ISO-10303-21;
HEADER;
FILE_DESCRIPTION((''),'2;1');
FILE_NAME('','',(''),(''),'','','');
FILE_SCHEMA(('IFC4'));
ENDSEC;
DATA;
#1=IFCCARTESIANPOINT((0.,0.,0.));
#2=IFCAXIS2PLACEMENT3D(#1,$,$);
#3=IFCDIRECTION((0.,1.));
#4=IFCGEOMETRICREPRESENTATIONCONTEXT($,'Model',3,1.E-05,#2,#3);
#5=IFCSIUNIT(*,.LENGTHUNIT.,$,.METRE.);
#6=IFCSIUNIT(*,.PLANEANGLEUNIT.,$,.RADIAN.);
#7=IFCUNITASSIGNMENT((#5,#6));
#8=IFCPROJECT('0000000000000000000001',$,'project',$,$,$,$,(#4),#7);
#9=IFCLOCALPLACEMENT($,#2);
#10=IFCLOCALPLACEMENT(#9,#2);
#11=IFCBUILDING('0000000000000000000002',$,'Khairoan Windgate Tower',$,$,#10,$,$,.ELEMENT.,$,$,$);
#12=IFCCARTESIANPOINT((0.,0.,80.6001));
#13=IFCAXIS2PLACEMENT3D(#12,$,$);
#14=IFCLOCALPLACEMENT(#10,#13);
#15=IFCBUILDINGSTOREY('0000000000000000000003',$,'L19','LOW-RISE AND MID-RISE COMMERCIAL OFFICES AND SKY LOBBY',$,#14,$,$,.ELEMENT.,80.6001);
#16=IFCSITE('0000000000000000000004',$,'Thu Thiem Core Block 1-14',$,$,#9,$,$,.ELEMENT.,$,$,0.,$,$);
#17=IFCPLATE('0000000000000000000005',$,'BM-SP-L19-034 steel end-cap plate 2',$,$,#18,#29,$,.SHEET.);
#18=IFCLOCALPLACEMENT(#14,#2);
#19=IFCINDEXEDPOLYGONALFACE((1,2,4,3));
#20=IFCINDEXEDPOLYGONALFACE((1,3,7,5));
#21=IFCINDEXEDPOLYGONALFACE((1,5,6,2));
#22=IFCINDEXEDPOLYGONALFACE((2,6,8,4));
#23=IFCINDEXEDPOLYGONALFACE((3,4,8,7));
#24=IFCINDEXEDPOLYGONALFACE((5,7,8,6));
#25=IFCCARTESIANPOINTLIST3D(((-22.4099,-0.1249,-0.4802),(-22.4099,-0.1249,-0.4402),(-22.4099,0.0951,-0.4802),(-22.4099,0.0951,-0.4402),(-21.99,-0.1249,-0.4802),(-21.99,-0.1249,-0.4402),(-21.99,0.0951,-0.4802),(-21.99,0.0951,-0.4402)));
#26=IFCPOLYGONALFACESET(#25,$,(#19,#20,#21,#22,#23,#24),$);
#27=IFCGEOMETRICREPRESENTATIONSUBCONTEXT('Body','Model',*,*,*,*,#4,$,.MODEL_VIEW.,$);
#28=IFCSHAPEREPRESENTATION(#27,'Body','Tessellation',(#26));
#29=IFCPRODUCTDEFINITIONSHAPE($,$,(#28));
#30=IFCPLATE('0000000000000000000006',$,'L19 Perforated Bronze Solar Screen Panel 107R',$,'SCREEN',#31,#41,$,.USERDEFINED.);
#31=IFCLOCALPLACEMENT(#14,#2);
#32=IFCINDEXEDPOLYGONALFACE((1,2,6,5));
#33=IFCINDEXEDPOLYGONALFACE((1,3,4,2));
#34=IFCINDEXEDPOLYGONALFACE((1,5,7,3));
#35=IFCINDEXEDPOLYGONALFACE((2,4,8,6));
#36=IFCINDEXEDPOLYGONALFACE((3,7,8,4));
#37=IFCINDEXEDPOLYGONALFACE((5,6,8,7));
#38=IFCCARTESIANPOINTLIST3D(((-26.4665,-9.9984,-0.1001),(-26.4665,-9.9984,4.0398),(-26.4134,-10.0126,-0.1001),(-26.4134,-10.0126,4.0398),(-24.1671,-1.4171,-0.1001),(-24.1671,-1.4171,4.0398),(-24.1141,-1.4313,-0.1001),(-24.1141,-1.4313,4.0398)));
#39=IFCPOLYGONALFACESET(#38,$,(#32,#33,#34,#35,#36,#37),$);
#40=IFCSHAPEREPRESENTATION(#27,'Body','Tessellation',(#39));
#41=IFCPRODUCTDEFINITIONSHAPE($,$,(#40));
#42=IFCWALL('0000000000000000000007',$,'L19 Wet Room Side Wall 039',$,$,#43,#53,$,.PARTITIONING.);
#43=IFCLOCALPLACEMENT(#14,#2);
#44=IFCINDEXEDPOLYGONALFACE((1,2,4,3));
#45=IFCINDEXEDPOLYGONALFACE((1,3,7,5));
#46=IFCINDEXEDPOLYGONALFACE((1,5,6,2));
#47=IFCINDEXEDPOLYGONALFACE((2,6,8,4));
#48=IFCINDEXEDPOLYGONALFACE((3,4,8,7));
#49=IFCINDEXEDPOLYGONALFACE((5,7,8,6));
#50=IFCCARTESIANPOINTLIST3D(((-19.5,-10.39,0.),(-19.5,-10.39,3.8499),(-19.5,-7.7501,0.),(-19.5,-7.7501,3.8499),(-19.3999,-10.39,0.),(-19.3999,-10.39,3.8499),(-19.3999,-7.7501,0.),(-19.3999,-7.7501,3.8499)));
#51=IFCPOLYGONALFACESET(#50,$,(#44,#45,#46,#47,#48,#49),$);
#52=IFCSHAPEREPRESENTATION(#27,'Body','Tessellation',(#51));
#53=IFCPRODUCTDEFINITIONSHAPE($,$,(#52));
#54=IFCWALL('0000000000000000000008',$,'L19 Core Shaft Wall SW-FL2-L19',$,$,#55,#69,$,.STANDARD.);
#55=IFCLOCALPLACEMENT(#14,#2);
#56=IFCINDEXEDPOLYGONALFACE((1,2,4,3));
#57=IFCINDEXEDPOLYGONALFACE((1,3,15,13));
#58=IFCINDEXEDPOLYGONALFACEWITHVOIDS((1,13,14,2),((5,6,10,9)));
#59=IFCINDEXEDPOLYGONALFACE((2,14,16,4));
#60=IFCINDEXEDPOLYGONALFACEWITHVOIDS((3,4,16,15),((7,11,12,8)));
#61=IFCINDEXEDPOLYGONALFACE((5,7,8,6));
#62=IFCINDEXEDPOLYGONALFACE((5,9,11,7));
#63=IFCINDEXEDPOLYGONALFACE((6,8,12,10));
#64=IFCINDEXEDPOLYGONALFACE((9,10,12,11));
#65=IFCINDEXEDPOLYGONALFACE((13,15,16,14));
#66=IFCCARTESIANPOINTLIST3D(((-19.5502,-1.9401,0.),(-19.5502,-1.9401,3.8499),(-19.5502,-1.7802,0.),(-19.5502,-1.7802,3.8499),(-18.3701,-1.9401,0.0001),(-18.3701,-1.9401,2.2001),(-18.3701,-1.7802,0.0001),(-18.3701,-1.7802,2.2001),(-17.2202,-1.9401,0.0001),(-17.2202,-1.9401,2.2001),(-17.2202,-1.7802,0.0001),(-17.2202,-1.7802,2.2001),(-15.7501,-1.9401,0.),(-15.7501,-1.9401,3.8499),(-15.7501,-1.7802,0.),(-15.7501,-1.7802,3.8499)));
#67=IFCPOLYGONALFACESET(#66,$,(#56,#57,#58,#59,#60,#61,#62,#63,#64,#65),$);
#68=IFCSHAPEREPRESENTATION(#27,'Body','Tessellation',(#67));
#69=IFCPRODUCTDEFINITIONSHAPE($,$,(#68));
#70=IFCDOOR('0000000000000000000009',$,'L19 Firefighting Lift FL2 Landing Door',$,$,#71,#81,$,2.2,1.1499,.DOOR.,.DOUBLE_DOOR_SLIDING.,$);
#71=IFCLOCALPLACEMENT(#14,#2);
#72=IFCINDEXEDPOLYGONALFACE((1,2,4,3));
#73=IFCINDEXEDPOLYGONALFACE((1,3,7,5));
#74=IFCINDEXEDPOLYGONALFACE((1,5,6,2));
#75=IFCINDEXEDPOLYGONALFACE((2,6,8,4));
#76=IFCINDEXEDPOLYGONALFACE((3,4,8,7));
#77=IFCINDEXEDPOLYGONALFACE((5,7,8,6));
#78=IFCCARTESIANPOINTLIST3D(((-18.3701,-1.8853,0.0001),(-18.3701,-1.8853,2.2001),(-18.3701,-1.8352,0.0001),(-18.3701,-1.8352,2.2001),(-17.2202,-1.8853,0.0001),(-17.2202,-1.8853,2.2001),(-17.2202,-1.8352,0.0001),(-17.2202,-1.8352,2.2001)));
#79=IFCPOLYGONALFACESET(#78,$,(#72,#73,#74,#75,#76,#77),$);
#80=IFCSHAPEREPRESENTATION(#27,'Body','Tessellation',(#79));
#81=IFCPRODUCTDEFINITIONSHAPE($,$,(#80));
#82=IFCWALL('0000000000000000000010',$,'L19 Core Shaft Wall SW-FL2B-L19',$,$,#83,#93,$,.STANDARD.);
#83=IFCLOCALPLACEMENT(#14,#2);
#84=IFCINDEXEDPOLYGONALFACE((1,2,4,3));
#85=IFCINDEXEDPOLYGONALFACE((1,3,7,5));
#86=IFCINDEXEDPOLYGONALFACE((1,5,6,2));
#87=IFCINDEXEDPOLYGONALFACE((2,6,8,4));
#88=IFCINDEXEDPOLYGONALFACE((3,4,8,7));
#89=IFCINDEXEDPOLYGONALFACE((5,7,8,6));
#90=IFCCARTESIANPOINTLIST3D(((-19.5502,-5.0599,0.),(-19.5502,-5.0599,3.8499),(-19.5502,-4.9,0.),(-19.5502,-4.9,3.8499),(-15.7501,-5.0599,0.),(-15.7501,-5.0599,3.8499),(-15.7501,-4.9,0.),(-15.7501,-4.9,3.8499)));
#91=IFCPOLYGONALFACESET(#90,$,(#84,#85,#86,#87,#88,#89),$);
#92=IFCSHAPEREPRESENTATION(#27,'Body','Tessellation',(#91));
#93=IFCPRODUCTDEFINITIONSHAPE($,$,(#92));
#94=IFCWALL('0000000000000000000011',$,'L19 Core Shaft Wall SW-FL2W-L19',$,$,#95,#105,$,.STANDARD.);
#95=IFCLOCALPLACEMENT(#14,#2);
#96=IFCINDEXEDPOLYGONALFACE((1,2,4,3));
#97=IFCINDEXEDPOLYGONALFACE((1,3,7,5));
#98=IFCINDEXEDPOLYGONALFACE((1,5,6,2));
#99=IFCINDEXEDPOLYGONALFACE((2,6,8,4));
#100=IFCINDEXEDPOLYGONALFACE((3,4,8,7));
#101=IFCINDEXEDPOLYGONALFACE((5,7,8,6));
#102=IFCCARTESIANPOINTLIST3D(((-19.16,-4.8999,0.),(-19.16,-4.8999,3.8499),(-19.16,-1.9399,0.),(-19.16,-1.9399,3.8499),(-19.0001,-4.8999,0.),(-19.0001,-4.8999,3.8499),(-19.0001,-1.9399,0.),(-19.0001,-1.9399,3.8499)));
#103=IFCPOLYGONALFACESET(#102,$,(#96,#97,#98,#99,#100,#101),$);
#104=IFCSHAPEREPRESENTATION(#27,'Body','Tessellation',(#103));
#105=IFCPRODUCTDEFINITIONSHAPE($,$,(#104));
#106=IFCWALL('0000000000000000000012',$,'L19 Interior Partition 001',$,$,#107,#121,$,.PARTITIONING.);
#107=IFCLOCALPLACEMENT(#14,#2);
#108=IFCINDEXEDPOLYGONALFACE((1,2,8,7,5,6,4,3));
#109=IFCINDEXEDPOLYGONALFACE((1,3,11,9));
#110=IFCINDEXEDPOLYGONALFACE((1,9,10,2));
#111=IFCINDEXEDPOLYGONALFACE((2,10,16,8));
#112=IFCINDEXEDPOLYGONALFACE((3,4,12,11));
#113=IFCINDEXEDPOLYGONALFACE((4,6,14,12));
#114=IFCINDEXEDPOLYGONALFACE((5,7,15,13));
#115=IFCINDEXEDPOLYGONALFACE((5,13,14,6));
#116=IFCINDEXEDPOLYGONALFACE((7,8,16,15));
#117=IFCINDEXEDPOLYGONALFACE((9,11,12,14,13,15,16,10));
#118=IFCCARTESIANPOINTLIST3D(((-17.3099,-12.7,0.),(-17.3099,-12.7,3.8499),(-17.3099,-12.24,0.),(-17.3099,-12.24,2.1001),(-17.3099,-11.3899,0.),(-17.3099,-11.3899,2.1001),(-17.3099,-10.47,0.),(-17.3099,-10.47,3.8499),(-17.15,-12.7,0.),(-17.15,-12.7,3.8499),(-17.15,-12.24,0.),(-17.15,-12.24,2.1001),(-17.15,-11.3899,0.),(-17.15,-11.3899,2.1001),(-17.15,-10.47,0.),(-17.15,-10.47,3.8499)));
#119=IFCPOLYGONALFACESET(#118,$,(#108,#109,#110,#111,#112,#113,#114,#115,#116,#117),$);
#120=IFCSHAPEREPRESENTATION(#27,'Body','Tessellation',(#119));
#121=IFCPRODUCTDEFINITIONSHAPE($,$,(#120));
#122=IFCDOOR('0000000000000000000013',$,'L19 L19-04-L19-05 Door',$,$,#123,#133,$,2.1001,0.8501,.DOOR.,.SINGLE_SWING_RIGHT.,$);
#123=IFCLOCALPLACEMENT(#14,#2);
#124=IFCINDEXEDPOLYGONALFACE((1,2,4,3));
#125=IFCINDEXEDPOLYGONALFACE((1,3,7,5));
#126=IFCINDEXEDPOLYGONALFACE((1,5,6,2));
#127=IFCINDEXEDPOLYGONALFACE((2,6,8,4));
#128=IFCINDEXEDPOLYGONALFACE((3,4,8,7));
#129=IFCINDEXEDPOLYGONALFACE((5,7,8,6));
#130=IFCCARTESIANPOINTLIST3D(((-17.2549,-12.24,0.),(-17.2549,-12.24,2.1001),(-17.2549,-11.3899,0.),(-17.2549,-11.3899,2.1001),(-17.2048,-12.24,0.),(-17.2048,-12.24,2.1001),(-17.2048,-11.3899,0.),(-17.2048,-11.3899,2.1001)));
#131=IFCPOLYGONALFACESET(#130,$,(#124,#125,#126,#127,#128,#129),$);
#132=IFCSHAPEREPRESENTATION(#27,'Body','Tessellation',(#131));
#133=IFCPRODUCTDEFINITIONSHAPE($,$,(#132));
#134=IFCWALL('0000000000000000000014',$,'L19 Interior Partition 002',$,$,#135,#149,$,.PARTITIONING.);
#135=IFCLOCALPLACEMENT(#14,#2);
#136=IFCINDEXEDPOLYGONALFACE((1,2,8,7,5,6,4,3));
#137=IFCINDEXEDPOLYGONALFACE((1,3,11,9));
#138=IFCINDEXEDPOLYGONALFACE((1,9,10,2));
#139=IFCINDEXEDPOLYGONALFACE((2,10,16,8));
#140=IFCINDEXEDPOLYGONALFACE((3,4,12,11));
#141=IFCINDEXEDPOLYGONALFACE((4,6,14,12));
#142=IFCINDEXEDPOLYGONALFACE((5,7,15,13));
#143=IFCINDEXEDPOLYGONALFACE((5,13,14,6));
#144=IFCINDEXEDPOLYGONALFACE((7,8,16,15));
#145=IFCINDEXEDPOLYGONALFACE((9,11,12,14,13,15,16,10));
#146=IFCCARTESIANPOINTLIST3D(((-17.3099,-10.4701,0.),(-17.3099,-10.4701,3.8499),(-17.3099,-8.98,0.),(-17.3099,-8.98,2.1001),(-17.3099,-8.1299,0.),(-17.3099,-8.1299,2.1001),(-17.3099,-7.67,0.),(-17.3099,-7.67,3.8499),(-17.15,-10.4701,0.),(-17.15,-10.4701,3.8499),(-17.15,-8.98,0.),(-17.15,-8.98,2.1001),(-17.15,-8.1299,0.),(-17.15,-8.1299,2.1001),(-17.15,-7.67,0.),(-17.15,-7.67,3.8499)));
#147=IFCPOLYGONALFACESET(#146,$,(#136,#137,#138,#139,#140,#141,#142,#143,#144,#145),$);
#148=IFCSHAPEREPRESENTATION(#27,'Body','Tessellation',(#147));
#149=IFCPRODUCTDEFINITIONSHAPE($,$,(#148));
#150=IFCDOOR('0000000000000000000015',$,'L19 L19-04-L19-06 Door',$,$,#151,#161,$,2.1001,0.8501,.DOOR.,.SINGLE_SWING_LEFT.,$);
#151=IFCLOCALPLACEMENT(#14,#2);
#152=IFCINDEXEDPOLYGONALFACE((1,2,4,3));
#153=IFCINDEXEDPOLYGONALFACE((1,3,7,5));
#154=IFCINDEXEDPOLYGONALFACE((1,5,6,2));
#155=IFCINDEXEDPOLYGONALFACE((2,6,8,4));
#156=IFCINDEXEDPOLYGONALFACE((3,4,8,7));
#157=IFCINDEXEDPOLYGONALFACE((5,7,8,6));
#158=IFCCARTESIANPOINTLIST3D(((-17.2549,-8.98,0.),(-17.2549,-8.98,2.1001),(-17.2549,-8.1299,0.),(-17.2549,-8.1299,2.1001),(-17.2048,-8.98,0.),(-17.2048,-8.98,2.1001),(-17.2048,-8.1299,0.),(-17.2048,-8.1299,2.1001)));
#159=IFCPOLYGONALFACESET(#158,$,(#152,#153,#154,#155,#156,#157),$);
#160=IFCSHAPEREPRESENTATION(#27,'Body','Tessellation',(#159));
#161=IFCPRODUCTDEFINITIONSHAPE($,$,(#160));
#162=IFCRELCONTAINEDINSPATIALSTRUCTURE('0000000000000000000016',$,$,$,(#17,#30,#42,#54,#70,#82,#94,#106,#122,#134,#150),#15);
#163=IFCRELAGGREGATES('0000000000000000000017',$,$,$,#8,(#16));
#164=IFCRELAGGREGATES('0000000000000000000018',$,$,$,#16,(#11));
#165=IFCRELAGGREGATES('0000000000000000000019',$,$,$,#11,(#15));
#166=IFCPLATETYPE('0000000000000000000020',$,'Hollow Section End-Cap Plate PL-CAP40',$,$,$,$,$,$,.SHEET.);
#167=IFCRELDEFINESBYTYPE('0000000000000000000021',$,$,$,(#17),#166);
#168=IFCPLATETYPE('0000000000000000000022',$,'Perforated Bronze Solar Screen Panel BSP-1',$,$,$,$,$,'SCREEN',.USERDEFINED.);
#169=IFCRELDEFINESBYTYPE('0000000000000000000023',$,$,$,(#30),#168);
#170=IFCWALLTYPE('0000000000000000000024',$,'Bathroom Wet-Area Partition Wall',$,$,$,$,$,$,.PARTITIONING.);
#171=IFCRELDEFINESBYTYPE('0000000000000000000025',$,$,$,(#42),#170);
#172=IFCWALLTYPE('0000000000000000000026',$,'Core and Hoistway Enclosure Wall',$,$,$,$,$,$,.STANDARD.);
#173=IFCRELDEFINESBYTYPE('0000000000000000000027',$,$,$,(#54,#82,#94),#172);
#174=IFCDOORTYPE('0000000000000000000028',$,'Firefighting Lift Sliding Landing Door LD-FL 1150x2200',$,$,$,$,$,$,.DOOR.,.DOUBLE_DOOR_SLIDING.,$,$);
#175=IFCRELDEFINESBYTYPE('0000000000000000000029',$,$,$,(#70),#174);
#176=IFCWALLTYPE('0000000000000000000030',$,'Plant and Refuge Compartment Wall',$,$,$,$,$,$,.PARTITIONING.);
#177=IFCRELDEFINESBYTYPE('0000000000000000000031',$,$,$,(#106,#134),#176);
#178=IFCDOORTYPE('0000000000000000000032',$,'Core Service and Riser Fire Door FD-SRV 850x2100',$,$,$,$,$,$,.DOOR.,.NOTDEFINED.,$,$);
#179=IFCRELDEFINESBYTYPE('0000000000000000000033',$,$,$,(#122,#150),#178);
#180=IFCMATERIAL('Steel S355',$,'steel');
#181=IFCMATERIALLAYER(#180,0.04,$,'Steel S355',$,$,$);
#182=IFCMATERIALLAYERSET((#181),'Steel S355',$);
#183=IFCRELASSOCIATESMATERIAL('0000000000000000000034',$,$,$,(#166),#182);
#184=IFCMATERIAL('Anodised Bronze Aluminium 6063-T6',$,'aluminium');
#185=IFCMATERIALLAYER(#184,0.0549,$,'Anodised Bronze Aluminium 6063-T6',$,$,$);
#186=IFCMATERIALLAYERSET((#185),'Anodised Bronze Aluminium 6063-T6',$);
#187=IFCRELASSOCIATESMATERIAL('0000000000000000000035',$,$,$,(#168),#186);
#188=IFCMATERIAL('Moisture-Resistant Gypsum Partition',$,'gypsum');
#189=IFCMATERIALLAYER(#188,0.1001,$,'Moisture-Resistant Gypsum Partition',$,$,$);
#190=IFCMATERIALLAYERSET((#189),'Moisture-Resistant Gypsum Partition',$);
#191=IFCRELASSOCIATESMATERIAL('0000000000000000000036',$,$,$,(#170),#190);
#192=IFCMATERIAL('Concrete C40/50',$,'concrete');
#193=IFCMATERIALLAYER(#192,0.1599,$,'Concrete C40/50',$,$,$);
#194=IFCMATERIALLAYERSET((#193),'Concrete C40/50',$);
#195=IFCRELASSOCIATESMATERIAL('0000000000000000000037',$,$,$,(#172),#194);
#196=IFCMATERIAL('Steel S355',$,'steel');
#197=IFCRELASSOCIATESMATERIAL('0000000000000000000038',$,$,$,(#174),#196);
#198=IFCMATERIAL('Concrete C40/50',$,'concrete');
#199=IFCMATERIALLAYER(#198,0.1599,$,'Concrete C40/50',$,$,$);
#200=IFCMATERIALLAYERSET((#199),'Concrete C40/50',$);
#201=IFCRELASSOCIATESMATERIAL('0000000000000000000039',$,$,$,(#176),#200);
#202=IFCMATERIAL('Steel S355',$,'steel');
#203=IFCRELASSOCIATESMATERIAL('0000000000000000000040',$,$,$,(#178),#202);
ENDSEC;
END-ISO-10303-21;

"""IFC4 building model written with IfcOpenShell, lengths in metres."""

from ifc_helpers import new_model, si_unit, direction, frame, frame_2d, origin, origin_2d, place, context, subcontext, project, spatial, rectangle, extrude, material, layer, layer_set, type_object, element, fill, save


model = new_model("IFC4")

# Units and contexts
model_context = context("Model", 3, precision=1e-05, world=origin(), true_north=direction((0.0, 1.0)))
body_context = subcontext(model_context, "Body", "Model", "MODEL_VIEW")
ifc_project = project(units=[si_unit("LENGTHUNIT", "METRE"), si_unit("PLANEANGLEUNIT", "RADIAN")], contexts=[model_context])

# Site, building, storey
site_placement = place(None, origin())
site = spatial("IfcSite", under=ifc_project, at=site_placement, Name="Thu Thiem Core Block 1-14", CompositionType="ELEMENT", RefElevation=0.0)
building_placement = place(site_placement, origin())
building = spatial("IfcBuilding", under=site, at=building_placement, Name="Khairoan Windgate Tower", CompositionType="ELEMENT")
storey_placement = place(building_placement, frame((0.0, 0.0, 80.6001)))
storey = spatial("IfcBuildingStorey", under=building, at=storey_placement, Name="L19", Description="LOW-RISE AND MID-RISE COMMERCIAL OFFICES AND SKY LOBBY", CompositionType="ELEMENT", Elevation=80.6001)

# Plates
ifc_material_1 = material(Name="Steel S355", Category="steel")
ifc_layer_1 = layer(ifc_material_1, 0.04, Name="Steel S355")
ifc_layer_set_1 = layer_set([ifc_layer_1], Name="Steel S355")
plate_type_1 = type_object("IfcPlateType", Name="Hollow Section End-Cap Plate PL-CAP40", PredefinedType="SHEET", material=ifc_layer_set_1)
for number, where, z_axis, x_axis, name in (
    (1, (-22.2, -0.0149, -0.4802), (0.0, 0.0, 1.0), (0.0, 1.0, 0.0), "BM-SP-L19-034 steel end-cap plate 2"),
):
    element("IfcPlate", number, at=place(storey_placement, frame(where, z_axis=z_axis, x_axis=x_axis)), inside=storey, type_object=plate_type_1, Name=name, PredefinedType="SHEET", context=body_context, shape_type="SweptSolid", body=[
        extrude(rectangle(XDim=0.22, YDim=0.4199, at=origin_2d()), origin(), (0.0, 0.0, 1.0), 0.04),
    ])
ifc_material_2 = material(Name="Anodised Bronze Aluminium 6063-T6", Category="aluminium")
ifc_layer_2 = layer(ifc_material_2, 0.0549, Name="Anodised Bronze Aluminium 6063-T6")
ifc_layer_set_2 = layer_set([ifc_layer_2], Name="Anodised Bronze Aluminium 6063-T6")
plate_type_2 = type_object("IfcPlateType", Name="Perforated Bronze Solar Screen Panel BSP-1", ElementType="SCREEN", PredefinedType="USERDEFINED", material=ifc_layer_set_2)
plate_placement = place(storey_placement, frame((-25.2903, -5.7148, -0.1001), z_axis=(0.0, 0.0, 1.0), x_axis=(0.258819, 0.965926, 0.0)))
element("IfcPlate", 2, at=plate_placement, inside=storey, type_object=plate_type_2, Name="L19 Perforated Bronze Solar Screen Panel 107R", ObjectType="SCREEN", PredefinedType="USERDEFINED", context=body_context, shape_type="SweptSolid", body=[
    extrude(rectangle(XDim=8.884, YDim=0.0549, at=origin_2d()), origin(), (0.0, 0.0, 1.0), 4.1399),
])

# Wall
ifc_material_3 = material(Name="Moisture-Resistant Gypsum Partition", Category="gypsum")
ifc_layer_3 = layer(ifc_material_3, 0.1001, Name="Moisture-Resistant Gypsum Partition")
ifc_layer_set_3 = layer_set([ifc_layer_3], Name="Moisture-Resistant Gypsum Partition")
wall_type_1 = type_object("IfcWallType", Name="Bathroom Wet-Area Partition Wall", PredefinedType="PARTITIONING", material=ifc_layer_set_3)
wall_1_placement = place(storey_placement, frame((-19.45, -10.3899, 0.0), z_axis=(0.0, 0.0, 1.0), x_axis=(0.0, 1.0, 0.0)))
element("IfcWall", 3, at=wall_1_placement, inside=storey, type_object=wall_type_1, Name="L19 Wet Room Side Wall 039", PredefinedType="PARTITIONING", context=body_context, shape_type="SweptSolid", body=[
    extrude(rectangle(XDim=2.6399, YDim=0.1001, at=frame_2d((1.3198, 0.0))), origin(), (0.0, 0.0, 1.0), 3.8499),
])

# Wall, opening, door
ifc_material_4 = material(Name="Concrete C40/50", Category="concrete")
ifc_layer_4 = layer(ifc_material_4, 0.1599, Name="Concrete C40/50")
ifc_layer_set_4 = layer_set([ifc_layer_4], Name="Concrete C40/50")
wall_type_2 = type_object("IfcWallType", Name="Core and Hoistway Enclosure Wall", PredefinedType="STANDARD", material=ifc_layer_set_4)
wall_2_placement = place(storey_placement, frame((-19.55, -1.8601, 0.0), z_axis=(0.0, 0.0, 1.0), x_axis=(1.0, 0.0, 0.0)))
wall_2 = element("IfcWall", 4, at=wall_2_placement, inside=storey, type_object=wall_type_2, Name="L19 Core Shaft Wall SW-FL2-L19", PredefinedType="STANDARD", context=body_context, shape_type="SweptSolid", body=[
    extrude(rectangle(XDim=3.8, YDim=0.1599, at=frame_2d((1.8999, 0.0))), origin(), (0.0, 0.0, 1.0), 3.8499),
])
opening_1_placement = place(wall_2_placement, frame((1.1799, 0.0, 0.0)))
opening_1 = element("IfcOpeningElement", 5, at=opening_1_placement, cuts=wall_2, PredefinedType="OPENING", context=body_context, shape_type="SweptSolid", body=[
    extrude(rectangle(XDim=1.1499, YDim=2.2, at=frame_2d((0.575, 1.1001))), frame((0.0, 0.0898, 0.0), z_axis=(0.0, -1.0, 0.0), x_axis=(1.0, 0.0, 0.0)), (0.0, 0.0, 1.0), 0.1799),
])
ifc_material_5 = material(Name="Steel S355", Category="steel")
door_type_1 = type_object("IfcDoorType", Name="Firefighting Lift Sliding Landing Door LD-FL 1150x2200", OperationType="DOUBLE_DOOR_SLIDING", PredefinedType="DOOR", material=ifc_material_5)
door_1_placement = place(opening_1_placement, origin())
door_1 = element("IfcDoor", 6, at=door_1_placement, inside=storey, type_object=door_type_1, Name="L19 Firefighting Lift FL2 Landing Door", OperationType="DOUBLE_DOOR_SLIDING", OverallHeight=2.2, OverallWidth=1.1499, PredefinedType="DOOR", context=body_context, shape_type="SweptSolid", body=[
    extrude(rectangle(XDim=1.1499, YDim=2.2, at=frame_2d((0.575, 1.1001))), frame((0.0, 0.0249, 0.0), z_axis=(0.0, -1.0, 0.0), x_axis=(1.0, 0.0, 0.0)), (0.0, 0.0, 1.0), 0.05),
])
fill(opening_1, door_1)

# Walls
wall_3_placement = place(storey_placement, frame((-19.55, -4.98, 0.0), z_axis=(0.0, 0.0, 1.0), x_axis=(1.0, 0.0, 0.0)))
element("IfcWall", 7, at=wall_3_placement, inside=storey, type_object=wall_type_2, Name="L19 Core Shaft Wall SW-FL2B-L19", PredefinedType="STANDARD", context=body_context, shape_type="SweptSolid", body=[
    extrude(rectangle(XDim=3.8, YDim=0.1599, at=frame_2d((1.8999, 0.0))), origin(), (0.0, 0.0, 1.0), 3.8499),
])
wall_4_placement = place(storey_placement, frame((-19.0801, -4.8999, 0.0), z_axis=(0.0, 0.0, 1.0), x_axis=(0.0, 1.0, 0.0)))
element("IfcWall", 8, at=wall_4_placement, inside=storey, type_object=wall_type_2, Name="L19 Core Shaft Wall SW-FL2W-L19", PredefinedType="STANDARD", context=body_context, shape_type="SweptSolid", body=[
    extrude(rectangle(XDim=2.96, YDim=0.1599, at=frame_2d((1.48, 0.0))), origin(), (0.0, 0.0, 1.0), 3.8499),
])

# Walls, openings, doors
ifc_material_6 = material(Name="Concrete C40/50", Category="concrete")
ifc_layer_5 = layer(ifc_material_6, 0.1599, Name="Concrete C40/50")
ifc_layer_set_5 = layer_set([ifc_layer_5], Name="Concrete C40/50")
wall_type_3 = type_object("IfcWallType", Name="Plant and Refuge Compartment Wall", PredefinedType="PARTITIONING", material=ifc_layer_set_5)
wall_5_placement = place(storey_placement, frame((-17.23, -12.7, 0.0), z_axis=(0.0, 0.0, 1.0), x_axis=(0.0, 1.0, 0.0)))
wall_5 = element("IfcWall", 9, at=wall_5_placement, inside=storey, type_object=wall_type_3, Name="L19 Interior Partition 001", PredefinedType="PARTITIONING", context=body_context, shape_type="SweptSolid", body=[
    extrude(rectangle(XDim=2.23, YDim=0.1599, at=frame_2d((1.115, 0.0))), origin(), (0.0, 0.0, 1.0), 3.8499),
])
opening_2_placement = place(wall_5_placement, frame((0.46, 0.0, 0.0)))
opening_2 = element("IfcOpeningElement", 10, at=opening_2_placement, cuts=wall_5, PredefinedType="OPENING", context=body_context, shape_type="SweptSolid", body=[
    extrude(rectangle(XDim=0.8501, YDim=2.1001, at=frame_2d((0.425, 1.05))), frame((0.0, 0.0898, 0.0), z_axis=(0.0, -1.0, 0.0), x_axis=(1.0, 0.0, 0.0)), (0.0, 0.0, 1.0), 0.1799),
])
ifc_material_7 = material(Name="Steel S355", Category="steel")
door_type_2 = type_object("IfcDoorType", Name="Core Service and Riser Fire Door FD-SRV 850x2100", OperationType="NOTDEFINED", PredefinedType="DOOR", material=ifc_material_7)
door_2_placement = place(opening_2_placement, origin())
door_2 = element("IfcDoor", 11, at=door_2_placement, inside=storey, type_object=door_type_2, Name="L19 L19-04-L19-05 Door", OperationType="SINGLE_SWING_RIGHT", OverallHeight=2.1001, OverallWidth=0.8501, PredefinedType="DOOR", context=body_context, shape_type="SweptSolid", body=[
    extrude(rectangle(XDim=0.8501, YDim=2.1001, at=frame_2d((0.425, 1.05))), frame((0.0, 0.0249, 0.0), z_axis=(0.0, -1.0, 0.0), x_axis=(1.0, 0.0, 0.0)), (0.0, 0.0, 1.0), 0.05),
])
fill(opening_2, door_2)
wall_6_placement = place(storey_placement, frame((-17.23, -10.47, 0.0), z_axis=(0.0, 0.0, 1.0), x_axis=(0.0, 1.0, 0.0)))
wall_6 = element("IfcWall", 12, at=wall_6_placement, inside=storey, type_object=wall_type_3, Name="L19 Interior Partition 002", PredefinedType="PARTITIONING", context=body_context, shape_type="SweptSolid", body=[
    extrude(rectangle(XDim=2.8, YDim=0.1599, at=frame_2d((1.3999, 0.0))), origin(), (0.0, 0.0, 1.0), 3.8499),
])
opening_3_placement = place(wall_6_placement, frame((1.49, 0.0, 0.0)))
opening_3 = element("IfcOpeningElement", 13, at=opening_3_placement, cuts=wall_6, PredefinedType="OPENING", context=body_context, shape_type="SweptSolid", body=[
    extrude(rectangle(XDim=0.8501, YDim=2.1001, at=frame_2d((0.425, 1.05))), frame((0.0, 0.0898, 0.0), z_axis=(0.0, -1.0, 0.0), x_axis=(1.0, 0.0, 0.0)), (0.0, 0.0, 1.0), 0.1799),
])
door_3_placement = place(opening_3_placement, origin())
door_3 = element("IfcDoor", 14, at=door_3_placement, inside=storey, type_object=door_type_2, Name="L19 L19-04-L19-06 Door", OperationType="SINGLE_SWING_LEFT", OverallHeight=2.1001, OverallWidth=0.8501, PredefinedType="DOOR", context=body_context, shape_type="SweptSolid", body=[
    extrude(rectangle(XDim=0.8501, YDim=2.1001, at=frame_2d((0.425, 1.05))), frame((0.0, 0.0249, 0.0), z_axis=(0.0, -1.0, 0.0), x_axis=(1.0, 0.0, 0.0)), (0.0, 0.0, 1.0), 0.05),
])
fill(opening_3, door_3)

save(model, "model.ifc")
